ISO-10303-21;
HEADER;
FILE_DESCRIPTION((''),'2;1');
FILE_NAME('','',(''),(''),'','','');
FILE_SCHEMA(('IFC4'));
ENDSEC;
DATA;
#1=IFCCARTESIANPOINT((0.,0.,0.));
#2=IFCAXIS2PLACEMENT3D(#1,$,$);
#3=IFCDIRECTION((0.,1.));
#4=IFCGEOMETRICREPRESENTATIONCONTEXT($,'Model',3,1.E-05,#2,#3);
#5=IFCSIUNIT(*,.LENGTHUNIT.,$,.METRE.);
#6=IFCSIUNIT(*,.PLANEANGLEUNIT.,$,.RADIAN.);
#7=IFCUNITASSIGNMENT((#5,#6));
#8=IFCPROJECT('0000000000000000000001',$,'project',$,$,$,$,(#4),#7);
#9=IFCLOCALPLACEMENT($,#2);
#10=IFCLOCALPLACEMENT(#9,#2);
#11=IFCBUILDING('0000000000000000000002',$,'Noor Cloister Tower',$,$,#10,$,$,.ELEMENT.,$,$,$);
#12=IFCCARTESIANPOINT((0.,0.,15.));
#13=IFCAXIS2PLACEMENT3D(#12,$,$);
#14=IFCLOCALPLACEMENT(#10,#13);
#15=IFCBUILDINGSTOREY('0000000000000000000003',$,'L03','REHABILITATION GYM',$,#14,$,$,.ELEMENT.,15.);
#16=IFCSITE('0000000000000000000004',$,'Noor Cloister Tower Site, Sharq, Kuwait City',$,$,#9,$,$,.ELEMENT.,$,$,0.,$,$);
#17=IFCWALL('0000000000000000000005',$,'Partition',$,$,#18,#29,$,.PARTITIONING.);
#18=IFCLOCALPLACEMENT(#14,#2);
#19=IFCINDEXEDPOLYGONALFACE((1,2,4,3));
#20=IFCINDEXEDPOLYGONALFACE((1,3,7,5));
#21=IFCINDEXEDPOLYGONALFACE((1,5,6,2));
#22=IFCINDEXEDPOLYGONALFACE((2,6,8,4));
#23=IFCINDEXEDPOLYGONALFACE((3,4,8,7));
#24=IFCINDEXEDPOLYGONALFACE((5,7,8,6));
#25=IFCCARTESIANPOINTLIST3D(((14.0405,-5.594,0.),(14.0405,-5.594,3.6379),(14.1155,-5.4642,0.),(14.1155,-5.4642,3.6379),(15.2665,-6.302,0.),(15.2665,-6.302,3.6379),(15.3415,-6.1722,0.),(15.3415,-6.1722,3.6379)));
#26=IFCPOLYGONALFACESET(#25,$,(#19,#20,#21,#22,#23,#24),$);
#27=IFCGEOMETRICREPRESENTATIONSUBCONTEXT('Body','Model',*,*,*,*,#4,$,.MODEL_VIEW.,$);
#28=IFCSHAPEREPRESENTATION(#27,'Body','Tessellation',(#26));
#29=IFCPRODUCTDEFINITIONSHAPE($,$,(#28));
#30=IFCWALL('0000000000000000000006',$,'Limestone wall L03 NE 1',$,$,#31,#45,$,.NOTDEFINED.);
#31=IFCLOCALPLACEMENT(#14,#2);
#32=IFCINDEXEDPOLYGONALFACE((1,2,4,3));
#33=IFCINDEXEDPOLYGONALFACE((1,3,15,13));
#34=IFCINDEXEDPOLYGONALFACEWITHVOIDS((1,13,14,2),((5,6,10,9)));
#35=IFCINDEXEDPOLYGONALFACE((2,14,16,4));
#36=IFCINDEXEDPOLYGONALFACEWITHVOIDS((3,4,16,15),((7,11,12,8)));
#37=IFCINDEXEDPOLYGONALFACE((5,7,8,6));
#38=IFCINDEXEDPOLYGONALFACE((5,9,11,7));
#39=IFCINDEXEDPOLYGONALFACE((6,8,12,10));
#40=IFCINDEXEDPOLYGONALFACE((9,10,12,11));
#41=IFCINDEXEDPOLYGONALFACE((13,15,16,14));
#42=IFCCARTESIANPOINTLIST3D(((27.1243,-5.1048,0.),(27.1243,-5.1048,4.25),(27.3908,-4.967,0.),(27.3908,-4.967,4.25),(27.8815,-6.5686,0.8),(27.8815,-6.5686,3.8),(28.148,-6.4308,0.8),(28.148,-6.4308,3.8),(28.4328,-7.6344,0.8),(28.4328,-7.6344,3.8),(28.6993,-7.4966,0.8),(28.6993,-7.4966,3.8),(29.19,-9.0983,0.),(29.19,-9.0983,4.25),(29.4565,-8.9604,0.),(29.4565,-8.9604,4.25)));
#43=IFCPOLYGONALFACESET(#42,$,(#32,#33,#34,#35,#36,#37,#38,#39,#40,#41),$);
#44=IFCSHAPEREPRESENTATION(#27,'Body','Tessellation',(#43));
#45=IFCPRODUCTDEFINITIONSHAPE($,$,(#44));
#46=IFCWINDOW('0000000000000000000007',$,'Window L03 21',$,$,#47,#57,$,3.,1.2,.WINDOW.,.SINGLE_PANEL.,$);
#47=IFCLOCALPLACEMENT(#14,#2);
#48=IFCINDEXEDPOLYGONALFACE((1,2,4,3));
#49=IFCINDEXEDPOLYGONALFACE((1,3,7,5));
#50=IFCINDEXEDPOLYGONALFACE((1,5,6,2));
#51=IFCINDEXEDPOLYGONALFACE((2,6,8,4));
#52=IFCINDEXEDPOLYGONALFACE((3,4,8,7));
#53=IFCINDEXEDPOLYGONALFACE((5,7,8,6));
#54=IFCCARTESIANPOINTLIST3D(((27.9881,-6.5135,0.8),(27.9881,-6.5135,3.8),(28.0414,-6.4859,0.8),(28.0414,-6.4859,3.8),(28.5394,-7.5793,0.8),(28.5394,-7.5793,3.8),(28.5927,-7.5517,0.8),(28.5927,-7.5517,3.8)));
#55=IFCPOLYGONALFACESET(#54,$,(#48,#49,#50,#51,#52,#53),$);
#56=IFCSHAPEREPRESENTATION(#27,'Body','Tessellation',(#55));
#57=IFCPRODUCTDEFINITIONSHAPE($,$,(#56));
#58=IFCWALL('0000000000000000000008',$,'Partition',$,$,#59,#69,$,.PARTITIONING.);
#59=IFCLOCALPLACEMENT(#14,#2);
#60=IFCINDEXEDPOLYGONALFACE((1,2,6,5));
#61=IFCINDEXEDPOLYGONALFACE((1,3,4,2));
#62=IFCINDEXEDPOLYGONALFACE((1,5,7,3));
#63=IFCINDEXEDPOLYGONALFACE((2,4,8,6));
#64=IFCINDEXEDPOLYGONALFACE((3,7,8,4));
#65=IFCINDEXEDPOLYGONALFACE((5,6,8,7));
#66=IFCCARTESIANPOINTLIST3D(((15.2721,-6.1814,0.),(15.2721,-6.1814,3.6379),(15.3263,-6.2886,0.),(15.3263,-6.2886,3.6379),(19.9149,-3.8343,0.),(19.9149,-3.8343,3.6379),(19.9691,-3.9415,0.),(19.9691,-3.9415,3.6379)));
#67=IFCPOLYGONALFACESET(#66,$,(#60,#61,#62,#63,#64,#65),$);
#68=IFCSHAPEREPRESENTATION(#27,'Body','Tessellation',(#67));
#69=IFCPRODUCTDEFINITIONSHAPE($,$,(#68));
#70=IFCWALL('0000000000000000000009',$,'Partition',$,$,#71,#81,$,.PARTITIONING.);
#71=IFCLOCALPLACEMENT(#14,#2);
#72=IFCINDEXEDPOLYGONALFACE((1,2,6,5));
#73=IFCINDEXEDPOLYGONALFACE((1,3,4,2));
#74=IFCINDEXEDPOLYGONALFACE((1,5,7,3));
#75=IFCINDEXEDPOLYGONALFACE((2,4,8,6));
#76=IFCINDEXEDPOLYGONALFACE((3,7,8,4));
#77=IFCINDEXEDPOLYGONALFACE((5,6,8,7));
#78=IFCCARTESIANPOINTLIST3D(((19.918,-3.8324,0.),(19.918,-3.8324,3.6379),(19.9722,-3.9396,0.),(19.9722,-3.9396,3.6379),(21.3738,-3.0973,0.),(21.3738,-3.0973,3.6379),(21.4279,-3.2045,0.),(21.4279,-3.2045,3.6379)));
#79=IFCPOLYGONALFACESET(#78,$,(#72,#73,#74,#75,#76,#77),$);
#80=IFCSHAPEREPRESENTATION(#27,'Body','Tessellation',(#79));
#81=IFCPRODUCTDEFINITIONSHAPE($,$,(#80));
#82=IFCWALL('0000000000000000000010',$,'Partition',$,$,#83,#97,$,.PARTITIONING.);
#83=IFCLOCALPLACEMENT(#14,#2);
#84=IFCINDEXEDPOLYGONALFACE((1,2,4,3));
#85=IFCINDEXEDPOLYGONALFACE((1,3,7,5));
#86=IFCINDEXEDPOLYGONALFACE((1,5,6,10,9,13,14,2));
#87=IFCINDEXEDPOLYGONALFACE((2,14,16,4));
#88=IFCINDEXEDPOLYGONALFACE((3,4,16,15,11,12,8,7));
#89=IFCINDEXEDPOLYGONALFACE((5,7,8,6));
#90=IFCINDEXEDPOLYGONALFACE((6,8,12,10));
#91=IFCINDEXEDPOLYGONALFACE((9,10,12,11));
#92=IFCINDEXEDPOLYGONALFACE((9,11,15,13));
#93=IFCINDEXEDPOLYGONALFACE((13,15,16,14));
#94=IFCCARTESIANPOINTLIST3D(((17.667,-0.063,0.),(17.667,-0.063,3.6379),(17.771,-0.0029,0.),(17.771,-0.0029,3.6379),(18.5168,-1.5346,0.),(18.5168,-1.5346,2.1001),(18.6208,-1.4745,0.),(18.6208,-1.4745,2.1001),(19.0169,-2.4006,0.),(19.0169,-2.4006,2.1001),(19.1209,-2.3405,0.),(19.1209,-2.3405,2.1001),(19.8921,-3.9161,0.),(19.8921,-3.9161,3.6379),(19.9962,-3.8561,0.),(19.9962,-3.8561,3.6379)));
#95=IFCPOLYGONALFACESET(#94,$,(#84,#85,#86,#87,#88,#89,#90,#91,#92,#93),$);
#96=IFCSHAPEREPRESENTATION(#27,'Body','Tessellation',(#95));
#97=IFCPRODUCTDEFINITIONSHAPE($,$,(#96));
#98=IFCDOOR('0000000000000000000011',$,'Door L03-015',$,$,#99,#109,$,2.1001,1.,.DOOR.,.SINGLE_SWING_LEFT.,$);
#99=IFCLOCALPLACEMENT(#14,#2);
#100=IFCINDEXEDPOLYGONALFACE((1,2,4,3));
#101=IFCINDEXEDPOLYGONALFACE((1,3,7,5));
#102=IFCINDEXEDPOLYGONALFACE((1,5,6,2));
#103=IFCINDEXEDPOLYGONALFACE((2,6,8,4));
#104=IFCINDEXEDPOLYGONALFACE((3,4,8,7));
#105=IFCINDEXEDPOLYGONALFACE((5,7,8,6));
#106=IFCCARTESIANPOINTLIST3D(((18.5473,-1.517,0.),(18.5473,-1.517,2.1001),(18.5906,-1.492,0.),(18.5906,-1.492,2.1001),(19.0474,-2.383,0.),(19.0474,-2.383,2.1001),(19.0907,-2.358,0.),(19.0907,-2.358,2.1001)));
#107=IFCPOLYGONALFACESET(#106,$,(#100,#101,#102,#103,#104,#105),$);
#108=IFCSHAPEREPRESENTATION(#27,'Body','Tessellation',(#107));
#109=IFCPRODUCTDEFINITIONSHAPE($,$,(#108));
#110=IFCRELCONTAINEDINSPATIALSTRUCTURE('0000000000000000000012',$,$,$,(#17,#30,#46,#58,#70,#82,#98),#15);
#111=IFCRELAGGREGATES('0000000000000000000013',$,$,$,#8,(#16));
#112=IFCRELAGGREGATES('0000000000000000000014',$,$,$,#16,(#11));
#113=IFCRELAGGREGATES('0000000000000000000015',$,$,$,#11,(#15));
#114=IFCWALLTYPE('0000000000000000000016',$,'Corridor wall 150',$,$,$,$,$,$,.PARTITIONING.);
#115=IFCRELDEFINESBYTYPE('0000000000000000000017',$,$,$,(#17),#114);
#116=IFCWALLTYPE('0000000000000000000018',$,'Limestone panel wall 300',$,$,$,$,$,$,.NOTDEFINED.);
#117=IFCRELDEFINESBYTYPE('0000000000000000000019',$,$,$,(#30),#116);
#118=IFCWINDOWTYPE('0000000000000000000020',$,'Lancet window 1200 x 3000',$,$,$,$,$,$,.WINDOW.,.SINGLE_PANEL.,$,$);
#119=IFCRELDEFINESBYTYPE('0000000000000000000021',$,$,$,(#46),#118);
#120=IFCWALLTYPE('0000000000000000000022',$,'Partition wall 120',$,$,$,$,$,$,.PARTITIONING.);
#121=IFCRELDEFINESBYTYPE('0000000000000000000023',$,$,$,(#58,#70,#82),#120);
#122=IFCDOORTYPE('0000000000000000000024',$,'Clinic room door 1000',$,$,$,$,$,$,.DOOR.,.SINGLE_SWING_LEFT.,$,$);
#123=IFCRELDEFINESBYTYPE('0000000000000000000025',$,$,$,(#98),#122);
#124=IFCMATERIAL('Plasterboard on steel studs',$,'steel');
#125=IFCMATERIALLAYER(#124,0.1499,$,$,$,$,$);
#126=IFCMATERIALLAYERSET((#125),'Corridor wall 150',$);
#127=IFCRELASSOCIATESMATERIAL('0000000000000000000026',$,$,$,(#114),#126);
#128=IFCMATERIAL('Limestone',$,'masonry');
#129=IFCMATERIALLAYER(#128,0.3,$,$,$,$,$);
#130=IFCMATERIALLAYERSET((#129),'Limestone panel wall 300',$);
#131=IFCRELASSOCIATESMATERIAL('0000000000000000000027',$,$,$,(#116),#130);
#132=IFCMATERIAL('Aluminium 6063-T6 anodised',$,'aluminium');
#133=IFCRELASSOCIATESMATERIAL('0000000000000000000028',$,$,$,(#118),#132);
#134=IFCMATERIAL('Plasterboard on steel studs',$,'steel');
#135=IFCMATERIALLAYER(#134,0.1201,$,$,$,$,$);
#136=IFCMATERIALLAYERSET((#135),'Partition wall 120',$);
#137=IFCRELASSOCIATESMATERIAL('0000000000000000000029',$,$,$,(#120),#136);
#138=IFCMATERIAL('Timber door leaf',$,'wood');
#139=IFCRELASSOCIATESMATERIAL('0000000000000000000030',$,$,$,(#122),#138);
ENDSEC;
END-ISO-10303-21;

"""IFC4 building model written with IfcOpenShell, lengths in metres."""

from ifc_helpers import new_model, si_unit, direction, frame, frame_2d, origin, place, context, subcontext, project, spatial, rectangle, extrude, material, layer, layer_set, type_object, element, fill, save


model = new_model("IFC4")

# Units and contexts
model_context = context("Model", 3, precision=1e-05, world=origin(), true_north=direction((0.0, 1.0)))
body_context = subcontext(model_context, "Body", "Model", "MODEL_VIEW")
ifc_project = project(units=[si_unit("LENGTHUNIT", "METRE"), si_unit("PLANEANGLEUNIT", "RADIAN")], contexts=[model_context])

# Site, building, storey
site_placement = place(None, origin())
site = spatial("IfcSite", under=ifc_project, at=site_placement, Name="Noor Cloister Tower Site, Sharq, Kuwait City", CompositionType="ELEMENT", RefElevation=0.0)
building_placement = place(site_placement, origin())
building = spatial("IfcBuilding", under=site, at=building_placement, Name="Noor Cloister Tower", CompositionType="ELEMENT")
storey_placement = place(building_placement, frame((0.0, 0.0, 15.0)))
storey = spatial("IfcBuildingStorey", under=building, at=storey_placement, Name="L03", Description="REHABILITATION GYM", CompositionType="ELEMENT", Elevation=15.0)

# Shared definitions
ifc_material_1 = material(Name="Plasterboard on steel studs", Category="steel")
ifc_layer_1 = layer(ifc_material_1, 0.1499)
ifc_layer_set_1 = layer_set([ifc_layer_1], Name="Corridor wall 150")
wall_type_1 = type_object("IfcWallType", Name="Corridor wall 150", PredefinedType="PARTITIONING", material=ifc_layer_set_1)

# Wall
wall_1_placement = place(storey_placement, frame((14.0779, -5.5291, 0.0), z_axis=(0.0, 0.0, 1.0), x_axis=(0.865985, -0.500071, 0.0)))
element("IfcWall", 1, at=wall_1_placement, inside=storey, type_object=wall_type_1, Name="Partition", PredefinedType="PARTITIONING", context=body_context, shape_type="SweptSolid", body=[
    extrude(rectangle(XDim=1.4158, YDim=0.1499, at=frame_2d((0.708, 0.0))), origin(), (0.0, 0.0, 1.0), 3.6379),
])

# Wall, opening, window
ifc_material_2 = material(Name="Limestone", Category="masonry")
ifc_layer_2 = layer(ifc_material_2, 0.3)
ifc_layer_set_2 = layer_set([ifc_layer_2], Name="Limestone panel wall 300")
wall_type_2 = type_object("IfcWallType", Name="Limestone panel wall 300", PredefinedType="NOTDEFINED", material=ifc_layer_set_2)
wall_2_placement = place(storey_placement, frame((27.2576, -5.0359, 0.0), z_axis=(0.0, 0.0, 1.0), x_axis=(0.459444, -0.888207, 0.0)))
wall_2 = element("IfcWall", 2, at=wall_2_placement, inside=storey, type_object=wall_type_2, Name="Limestone wall L03 NE 1", PredefinedType="NOTDEFINED", context=body_context, shape_type="SweptSolid", body=[
    extrude(rectangle(XDim=4.4961, YDim=0.3, at=frame_2d((2.248, 0.0))), origin(), (0.0, 0.0, 1.0), 4.25),
])
opening_1_placement = place(wall_2_placement, frame((1.6479, 0.0, 0.8)))
opening_1 = element("IfcOpeningElement", 3, at=opening_1_placement, cuts=wall_2, PredefinedType="OPENING", context=body_context, shape_type="SweptSolid", body=[
    extrude(rectangle(XDim=1.2, YDim=3.0, at=frame_2d((0.6001, 1.5))), frame((0.0, 0.1602, 0.0), z_axis=(0.0, -1.0, 0.0), x_axis=(1.0, 0.0, 0.0)), (0.0, 0.0, 1.0), 0.3201),
])
ifc_material_3 = material(Name="Aluminium 6063-T6 anodised", Category="aluminium")
window_type = type_object("IfcWindowType", Name="Lancet window 1200 x 3000", PartitioningType="SINGLE_PANEL", PredefinedType="WINDOW", material=ifc_material_3)
window_placement = place(opening_1_placement, origin())
window = element("IfcWindow", 4, at=window_placement, inside=storey, type_object=window_type, Name="Window L03 21", OverallHeight=3.0, OverallWidth=1.2, PartitioningType="SINGLE_PANEL", PredefinedType="WINDOW", context=body_context, shape_type="SweptSolid", body=[
    extrude(rectangle(XDim=1.2, YDim=3.0, at=frame_2d((0.6001, 1.5))), frame((0.0, 0.03, 0.0), z_axis=(0.0, -1.0, 0.0), x_axis=(1.0, 0.0, 0.0)), (0.0, 0.0, 1.0), 0.0601),
])
fill(opening_1, window)

# Walls
ifc_material_4 = material(Name="Plasterboard on steel studs", Category="steel")
ifc_layer_3 = layer(ifc_material_4, 0.1201)
ifc_layer_set_3 = layer_set([ifc_layer_3], Name="Partition wall 120")
wall_type_3 = type_object("IfcWallType", Name="Partition wall 120", PredefinedType="PARTITIONING", material=ifc_layer_set_3)
wall_3_placement = place(storey_placement, frame((19.9419, -3.8879, 0.0), z_axis=(0.0, 0.0, 1.0), x_axis=(-0.892438, -0.45117, 0.0)))
element("IfcWall", 5, at=wall_3_placement, inside=storey, type_object=wall_type_3, Name="Partition", PredefinedType="PARTITIONING", context=body_context, shape_type="SweptSolid", body=[
    extrude(rectangle(XDim=5.2024, YDim=0.1201, at=frame_2d((2.6011, 0.0))), origin(), (0.0, 0.0, 1.0), 3.6379),
])
wall_4_placement = place(storey_placement, frame((21.4009, -3.1509, 0.0), z_axis=(0.0, 0.0, 1.0), x_axis=(-0.892654, -0.450743, 0.0)))
element("IfcWall", 6, at=wall_4_placement, inside=storey, type_object=wall_type_3, Name="Partition", PredefinedType="PARTITIONING", context=body_context, shape_type="SweptSolid", body=[
    extrude(rectangle(XDim=1.6309, YDim=0.1201, at=frame_2d((0.8154, 0.0))), origin(), (0.0, 0.0, 1.0), 3.6379),
])

# Wall, opening, door
wall_5_placement = place(storey_placement, frame((19.9441, -3.886, 0.0), z_axis=(0.0, 0.0, 1.0), x_axis=(-0.500093, 0.865972, 0.0)))
wall_5 = element("IfcWall", 7, at=wall_5_placement, inside=storey, type_object=wall_type_3, Name="Partition", PredefinedType="PARTITIONING", context=body_context, shape_type="SweptSolid", body=[
    extrude(rectangle(XDim=4.4495, YDim=0.1201, at=frame_2d((2.2246, 0.0))), origin(), (0.0, 0.0, 1.0), 3.6379),
])
opening_2_placement = place(wall_5_placement, frame((1.75, 0.0, 0.0)))
opening_2 = element("IfcOpeningElement", 8, at=opening_2_placement, cuts=wall_5, PredefinedType="OPENING", context=body_context, shape_type="SweptSolid", body=[
    extrude(rectangle(XDim=1.0, YDim=2.1001, at=frame_2d((0.5, 1.05))), frame((0.0, 0.0701, 0.0), z_axis=(0.0, -1.0, 0.0), x_axis=(1.0, 0.0, 0.0)), (0.0, 0.0, 1.0), 0.1401),
])
ifc_material_5 = material(Name="Timber door leaf", Category="wood")
door_type_1 = type_object("IfcDoorType", Name="Clinic room door 1000", OperationType="SINGLE_SWING_LEFT", PredefinedType="DOOR", material=ifc_material_5)
door_1_placement = place(opening_2_placement, origin())
door_1 = element("IfcDoor", 9, at=door_1_placement, inside=storey, type_object=door_type_1, Name="Door L03-015", OperationType="SINGLE_SWING_LEFT", OverallHeight=2.1001, OverallWidth=1.0, PredefinedType="DOOR", context=body_context, shape_type="SweptSolid", body=[
    extrude(rectangle(XDim=1.0, YDim=2.1001, at=frame_2d((0.5, 1.05))), frame((0.0, 0.0249, 0.0), z_axis=(0.0, -1.0, 0.0), x_axis=(1.0, 0.0, 0.0)), (0.0, 0.0, 1.0), 0.05),
])
fill(opening_2, door_1)

save(model, "model.ifc")
